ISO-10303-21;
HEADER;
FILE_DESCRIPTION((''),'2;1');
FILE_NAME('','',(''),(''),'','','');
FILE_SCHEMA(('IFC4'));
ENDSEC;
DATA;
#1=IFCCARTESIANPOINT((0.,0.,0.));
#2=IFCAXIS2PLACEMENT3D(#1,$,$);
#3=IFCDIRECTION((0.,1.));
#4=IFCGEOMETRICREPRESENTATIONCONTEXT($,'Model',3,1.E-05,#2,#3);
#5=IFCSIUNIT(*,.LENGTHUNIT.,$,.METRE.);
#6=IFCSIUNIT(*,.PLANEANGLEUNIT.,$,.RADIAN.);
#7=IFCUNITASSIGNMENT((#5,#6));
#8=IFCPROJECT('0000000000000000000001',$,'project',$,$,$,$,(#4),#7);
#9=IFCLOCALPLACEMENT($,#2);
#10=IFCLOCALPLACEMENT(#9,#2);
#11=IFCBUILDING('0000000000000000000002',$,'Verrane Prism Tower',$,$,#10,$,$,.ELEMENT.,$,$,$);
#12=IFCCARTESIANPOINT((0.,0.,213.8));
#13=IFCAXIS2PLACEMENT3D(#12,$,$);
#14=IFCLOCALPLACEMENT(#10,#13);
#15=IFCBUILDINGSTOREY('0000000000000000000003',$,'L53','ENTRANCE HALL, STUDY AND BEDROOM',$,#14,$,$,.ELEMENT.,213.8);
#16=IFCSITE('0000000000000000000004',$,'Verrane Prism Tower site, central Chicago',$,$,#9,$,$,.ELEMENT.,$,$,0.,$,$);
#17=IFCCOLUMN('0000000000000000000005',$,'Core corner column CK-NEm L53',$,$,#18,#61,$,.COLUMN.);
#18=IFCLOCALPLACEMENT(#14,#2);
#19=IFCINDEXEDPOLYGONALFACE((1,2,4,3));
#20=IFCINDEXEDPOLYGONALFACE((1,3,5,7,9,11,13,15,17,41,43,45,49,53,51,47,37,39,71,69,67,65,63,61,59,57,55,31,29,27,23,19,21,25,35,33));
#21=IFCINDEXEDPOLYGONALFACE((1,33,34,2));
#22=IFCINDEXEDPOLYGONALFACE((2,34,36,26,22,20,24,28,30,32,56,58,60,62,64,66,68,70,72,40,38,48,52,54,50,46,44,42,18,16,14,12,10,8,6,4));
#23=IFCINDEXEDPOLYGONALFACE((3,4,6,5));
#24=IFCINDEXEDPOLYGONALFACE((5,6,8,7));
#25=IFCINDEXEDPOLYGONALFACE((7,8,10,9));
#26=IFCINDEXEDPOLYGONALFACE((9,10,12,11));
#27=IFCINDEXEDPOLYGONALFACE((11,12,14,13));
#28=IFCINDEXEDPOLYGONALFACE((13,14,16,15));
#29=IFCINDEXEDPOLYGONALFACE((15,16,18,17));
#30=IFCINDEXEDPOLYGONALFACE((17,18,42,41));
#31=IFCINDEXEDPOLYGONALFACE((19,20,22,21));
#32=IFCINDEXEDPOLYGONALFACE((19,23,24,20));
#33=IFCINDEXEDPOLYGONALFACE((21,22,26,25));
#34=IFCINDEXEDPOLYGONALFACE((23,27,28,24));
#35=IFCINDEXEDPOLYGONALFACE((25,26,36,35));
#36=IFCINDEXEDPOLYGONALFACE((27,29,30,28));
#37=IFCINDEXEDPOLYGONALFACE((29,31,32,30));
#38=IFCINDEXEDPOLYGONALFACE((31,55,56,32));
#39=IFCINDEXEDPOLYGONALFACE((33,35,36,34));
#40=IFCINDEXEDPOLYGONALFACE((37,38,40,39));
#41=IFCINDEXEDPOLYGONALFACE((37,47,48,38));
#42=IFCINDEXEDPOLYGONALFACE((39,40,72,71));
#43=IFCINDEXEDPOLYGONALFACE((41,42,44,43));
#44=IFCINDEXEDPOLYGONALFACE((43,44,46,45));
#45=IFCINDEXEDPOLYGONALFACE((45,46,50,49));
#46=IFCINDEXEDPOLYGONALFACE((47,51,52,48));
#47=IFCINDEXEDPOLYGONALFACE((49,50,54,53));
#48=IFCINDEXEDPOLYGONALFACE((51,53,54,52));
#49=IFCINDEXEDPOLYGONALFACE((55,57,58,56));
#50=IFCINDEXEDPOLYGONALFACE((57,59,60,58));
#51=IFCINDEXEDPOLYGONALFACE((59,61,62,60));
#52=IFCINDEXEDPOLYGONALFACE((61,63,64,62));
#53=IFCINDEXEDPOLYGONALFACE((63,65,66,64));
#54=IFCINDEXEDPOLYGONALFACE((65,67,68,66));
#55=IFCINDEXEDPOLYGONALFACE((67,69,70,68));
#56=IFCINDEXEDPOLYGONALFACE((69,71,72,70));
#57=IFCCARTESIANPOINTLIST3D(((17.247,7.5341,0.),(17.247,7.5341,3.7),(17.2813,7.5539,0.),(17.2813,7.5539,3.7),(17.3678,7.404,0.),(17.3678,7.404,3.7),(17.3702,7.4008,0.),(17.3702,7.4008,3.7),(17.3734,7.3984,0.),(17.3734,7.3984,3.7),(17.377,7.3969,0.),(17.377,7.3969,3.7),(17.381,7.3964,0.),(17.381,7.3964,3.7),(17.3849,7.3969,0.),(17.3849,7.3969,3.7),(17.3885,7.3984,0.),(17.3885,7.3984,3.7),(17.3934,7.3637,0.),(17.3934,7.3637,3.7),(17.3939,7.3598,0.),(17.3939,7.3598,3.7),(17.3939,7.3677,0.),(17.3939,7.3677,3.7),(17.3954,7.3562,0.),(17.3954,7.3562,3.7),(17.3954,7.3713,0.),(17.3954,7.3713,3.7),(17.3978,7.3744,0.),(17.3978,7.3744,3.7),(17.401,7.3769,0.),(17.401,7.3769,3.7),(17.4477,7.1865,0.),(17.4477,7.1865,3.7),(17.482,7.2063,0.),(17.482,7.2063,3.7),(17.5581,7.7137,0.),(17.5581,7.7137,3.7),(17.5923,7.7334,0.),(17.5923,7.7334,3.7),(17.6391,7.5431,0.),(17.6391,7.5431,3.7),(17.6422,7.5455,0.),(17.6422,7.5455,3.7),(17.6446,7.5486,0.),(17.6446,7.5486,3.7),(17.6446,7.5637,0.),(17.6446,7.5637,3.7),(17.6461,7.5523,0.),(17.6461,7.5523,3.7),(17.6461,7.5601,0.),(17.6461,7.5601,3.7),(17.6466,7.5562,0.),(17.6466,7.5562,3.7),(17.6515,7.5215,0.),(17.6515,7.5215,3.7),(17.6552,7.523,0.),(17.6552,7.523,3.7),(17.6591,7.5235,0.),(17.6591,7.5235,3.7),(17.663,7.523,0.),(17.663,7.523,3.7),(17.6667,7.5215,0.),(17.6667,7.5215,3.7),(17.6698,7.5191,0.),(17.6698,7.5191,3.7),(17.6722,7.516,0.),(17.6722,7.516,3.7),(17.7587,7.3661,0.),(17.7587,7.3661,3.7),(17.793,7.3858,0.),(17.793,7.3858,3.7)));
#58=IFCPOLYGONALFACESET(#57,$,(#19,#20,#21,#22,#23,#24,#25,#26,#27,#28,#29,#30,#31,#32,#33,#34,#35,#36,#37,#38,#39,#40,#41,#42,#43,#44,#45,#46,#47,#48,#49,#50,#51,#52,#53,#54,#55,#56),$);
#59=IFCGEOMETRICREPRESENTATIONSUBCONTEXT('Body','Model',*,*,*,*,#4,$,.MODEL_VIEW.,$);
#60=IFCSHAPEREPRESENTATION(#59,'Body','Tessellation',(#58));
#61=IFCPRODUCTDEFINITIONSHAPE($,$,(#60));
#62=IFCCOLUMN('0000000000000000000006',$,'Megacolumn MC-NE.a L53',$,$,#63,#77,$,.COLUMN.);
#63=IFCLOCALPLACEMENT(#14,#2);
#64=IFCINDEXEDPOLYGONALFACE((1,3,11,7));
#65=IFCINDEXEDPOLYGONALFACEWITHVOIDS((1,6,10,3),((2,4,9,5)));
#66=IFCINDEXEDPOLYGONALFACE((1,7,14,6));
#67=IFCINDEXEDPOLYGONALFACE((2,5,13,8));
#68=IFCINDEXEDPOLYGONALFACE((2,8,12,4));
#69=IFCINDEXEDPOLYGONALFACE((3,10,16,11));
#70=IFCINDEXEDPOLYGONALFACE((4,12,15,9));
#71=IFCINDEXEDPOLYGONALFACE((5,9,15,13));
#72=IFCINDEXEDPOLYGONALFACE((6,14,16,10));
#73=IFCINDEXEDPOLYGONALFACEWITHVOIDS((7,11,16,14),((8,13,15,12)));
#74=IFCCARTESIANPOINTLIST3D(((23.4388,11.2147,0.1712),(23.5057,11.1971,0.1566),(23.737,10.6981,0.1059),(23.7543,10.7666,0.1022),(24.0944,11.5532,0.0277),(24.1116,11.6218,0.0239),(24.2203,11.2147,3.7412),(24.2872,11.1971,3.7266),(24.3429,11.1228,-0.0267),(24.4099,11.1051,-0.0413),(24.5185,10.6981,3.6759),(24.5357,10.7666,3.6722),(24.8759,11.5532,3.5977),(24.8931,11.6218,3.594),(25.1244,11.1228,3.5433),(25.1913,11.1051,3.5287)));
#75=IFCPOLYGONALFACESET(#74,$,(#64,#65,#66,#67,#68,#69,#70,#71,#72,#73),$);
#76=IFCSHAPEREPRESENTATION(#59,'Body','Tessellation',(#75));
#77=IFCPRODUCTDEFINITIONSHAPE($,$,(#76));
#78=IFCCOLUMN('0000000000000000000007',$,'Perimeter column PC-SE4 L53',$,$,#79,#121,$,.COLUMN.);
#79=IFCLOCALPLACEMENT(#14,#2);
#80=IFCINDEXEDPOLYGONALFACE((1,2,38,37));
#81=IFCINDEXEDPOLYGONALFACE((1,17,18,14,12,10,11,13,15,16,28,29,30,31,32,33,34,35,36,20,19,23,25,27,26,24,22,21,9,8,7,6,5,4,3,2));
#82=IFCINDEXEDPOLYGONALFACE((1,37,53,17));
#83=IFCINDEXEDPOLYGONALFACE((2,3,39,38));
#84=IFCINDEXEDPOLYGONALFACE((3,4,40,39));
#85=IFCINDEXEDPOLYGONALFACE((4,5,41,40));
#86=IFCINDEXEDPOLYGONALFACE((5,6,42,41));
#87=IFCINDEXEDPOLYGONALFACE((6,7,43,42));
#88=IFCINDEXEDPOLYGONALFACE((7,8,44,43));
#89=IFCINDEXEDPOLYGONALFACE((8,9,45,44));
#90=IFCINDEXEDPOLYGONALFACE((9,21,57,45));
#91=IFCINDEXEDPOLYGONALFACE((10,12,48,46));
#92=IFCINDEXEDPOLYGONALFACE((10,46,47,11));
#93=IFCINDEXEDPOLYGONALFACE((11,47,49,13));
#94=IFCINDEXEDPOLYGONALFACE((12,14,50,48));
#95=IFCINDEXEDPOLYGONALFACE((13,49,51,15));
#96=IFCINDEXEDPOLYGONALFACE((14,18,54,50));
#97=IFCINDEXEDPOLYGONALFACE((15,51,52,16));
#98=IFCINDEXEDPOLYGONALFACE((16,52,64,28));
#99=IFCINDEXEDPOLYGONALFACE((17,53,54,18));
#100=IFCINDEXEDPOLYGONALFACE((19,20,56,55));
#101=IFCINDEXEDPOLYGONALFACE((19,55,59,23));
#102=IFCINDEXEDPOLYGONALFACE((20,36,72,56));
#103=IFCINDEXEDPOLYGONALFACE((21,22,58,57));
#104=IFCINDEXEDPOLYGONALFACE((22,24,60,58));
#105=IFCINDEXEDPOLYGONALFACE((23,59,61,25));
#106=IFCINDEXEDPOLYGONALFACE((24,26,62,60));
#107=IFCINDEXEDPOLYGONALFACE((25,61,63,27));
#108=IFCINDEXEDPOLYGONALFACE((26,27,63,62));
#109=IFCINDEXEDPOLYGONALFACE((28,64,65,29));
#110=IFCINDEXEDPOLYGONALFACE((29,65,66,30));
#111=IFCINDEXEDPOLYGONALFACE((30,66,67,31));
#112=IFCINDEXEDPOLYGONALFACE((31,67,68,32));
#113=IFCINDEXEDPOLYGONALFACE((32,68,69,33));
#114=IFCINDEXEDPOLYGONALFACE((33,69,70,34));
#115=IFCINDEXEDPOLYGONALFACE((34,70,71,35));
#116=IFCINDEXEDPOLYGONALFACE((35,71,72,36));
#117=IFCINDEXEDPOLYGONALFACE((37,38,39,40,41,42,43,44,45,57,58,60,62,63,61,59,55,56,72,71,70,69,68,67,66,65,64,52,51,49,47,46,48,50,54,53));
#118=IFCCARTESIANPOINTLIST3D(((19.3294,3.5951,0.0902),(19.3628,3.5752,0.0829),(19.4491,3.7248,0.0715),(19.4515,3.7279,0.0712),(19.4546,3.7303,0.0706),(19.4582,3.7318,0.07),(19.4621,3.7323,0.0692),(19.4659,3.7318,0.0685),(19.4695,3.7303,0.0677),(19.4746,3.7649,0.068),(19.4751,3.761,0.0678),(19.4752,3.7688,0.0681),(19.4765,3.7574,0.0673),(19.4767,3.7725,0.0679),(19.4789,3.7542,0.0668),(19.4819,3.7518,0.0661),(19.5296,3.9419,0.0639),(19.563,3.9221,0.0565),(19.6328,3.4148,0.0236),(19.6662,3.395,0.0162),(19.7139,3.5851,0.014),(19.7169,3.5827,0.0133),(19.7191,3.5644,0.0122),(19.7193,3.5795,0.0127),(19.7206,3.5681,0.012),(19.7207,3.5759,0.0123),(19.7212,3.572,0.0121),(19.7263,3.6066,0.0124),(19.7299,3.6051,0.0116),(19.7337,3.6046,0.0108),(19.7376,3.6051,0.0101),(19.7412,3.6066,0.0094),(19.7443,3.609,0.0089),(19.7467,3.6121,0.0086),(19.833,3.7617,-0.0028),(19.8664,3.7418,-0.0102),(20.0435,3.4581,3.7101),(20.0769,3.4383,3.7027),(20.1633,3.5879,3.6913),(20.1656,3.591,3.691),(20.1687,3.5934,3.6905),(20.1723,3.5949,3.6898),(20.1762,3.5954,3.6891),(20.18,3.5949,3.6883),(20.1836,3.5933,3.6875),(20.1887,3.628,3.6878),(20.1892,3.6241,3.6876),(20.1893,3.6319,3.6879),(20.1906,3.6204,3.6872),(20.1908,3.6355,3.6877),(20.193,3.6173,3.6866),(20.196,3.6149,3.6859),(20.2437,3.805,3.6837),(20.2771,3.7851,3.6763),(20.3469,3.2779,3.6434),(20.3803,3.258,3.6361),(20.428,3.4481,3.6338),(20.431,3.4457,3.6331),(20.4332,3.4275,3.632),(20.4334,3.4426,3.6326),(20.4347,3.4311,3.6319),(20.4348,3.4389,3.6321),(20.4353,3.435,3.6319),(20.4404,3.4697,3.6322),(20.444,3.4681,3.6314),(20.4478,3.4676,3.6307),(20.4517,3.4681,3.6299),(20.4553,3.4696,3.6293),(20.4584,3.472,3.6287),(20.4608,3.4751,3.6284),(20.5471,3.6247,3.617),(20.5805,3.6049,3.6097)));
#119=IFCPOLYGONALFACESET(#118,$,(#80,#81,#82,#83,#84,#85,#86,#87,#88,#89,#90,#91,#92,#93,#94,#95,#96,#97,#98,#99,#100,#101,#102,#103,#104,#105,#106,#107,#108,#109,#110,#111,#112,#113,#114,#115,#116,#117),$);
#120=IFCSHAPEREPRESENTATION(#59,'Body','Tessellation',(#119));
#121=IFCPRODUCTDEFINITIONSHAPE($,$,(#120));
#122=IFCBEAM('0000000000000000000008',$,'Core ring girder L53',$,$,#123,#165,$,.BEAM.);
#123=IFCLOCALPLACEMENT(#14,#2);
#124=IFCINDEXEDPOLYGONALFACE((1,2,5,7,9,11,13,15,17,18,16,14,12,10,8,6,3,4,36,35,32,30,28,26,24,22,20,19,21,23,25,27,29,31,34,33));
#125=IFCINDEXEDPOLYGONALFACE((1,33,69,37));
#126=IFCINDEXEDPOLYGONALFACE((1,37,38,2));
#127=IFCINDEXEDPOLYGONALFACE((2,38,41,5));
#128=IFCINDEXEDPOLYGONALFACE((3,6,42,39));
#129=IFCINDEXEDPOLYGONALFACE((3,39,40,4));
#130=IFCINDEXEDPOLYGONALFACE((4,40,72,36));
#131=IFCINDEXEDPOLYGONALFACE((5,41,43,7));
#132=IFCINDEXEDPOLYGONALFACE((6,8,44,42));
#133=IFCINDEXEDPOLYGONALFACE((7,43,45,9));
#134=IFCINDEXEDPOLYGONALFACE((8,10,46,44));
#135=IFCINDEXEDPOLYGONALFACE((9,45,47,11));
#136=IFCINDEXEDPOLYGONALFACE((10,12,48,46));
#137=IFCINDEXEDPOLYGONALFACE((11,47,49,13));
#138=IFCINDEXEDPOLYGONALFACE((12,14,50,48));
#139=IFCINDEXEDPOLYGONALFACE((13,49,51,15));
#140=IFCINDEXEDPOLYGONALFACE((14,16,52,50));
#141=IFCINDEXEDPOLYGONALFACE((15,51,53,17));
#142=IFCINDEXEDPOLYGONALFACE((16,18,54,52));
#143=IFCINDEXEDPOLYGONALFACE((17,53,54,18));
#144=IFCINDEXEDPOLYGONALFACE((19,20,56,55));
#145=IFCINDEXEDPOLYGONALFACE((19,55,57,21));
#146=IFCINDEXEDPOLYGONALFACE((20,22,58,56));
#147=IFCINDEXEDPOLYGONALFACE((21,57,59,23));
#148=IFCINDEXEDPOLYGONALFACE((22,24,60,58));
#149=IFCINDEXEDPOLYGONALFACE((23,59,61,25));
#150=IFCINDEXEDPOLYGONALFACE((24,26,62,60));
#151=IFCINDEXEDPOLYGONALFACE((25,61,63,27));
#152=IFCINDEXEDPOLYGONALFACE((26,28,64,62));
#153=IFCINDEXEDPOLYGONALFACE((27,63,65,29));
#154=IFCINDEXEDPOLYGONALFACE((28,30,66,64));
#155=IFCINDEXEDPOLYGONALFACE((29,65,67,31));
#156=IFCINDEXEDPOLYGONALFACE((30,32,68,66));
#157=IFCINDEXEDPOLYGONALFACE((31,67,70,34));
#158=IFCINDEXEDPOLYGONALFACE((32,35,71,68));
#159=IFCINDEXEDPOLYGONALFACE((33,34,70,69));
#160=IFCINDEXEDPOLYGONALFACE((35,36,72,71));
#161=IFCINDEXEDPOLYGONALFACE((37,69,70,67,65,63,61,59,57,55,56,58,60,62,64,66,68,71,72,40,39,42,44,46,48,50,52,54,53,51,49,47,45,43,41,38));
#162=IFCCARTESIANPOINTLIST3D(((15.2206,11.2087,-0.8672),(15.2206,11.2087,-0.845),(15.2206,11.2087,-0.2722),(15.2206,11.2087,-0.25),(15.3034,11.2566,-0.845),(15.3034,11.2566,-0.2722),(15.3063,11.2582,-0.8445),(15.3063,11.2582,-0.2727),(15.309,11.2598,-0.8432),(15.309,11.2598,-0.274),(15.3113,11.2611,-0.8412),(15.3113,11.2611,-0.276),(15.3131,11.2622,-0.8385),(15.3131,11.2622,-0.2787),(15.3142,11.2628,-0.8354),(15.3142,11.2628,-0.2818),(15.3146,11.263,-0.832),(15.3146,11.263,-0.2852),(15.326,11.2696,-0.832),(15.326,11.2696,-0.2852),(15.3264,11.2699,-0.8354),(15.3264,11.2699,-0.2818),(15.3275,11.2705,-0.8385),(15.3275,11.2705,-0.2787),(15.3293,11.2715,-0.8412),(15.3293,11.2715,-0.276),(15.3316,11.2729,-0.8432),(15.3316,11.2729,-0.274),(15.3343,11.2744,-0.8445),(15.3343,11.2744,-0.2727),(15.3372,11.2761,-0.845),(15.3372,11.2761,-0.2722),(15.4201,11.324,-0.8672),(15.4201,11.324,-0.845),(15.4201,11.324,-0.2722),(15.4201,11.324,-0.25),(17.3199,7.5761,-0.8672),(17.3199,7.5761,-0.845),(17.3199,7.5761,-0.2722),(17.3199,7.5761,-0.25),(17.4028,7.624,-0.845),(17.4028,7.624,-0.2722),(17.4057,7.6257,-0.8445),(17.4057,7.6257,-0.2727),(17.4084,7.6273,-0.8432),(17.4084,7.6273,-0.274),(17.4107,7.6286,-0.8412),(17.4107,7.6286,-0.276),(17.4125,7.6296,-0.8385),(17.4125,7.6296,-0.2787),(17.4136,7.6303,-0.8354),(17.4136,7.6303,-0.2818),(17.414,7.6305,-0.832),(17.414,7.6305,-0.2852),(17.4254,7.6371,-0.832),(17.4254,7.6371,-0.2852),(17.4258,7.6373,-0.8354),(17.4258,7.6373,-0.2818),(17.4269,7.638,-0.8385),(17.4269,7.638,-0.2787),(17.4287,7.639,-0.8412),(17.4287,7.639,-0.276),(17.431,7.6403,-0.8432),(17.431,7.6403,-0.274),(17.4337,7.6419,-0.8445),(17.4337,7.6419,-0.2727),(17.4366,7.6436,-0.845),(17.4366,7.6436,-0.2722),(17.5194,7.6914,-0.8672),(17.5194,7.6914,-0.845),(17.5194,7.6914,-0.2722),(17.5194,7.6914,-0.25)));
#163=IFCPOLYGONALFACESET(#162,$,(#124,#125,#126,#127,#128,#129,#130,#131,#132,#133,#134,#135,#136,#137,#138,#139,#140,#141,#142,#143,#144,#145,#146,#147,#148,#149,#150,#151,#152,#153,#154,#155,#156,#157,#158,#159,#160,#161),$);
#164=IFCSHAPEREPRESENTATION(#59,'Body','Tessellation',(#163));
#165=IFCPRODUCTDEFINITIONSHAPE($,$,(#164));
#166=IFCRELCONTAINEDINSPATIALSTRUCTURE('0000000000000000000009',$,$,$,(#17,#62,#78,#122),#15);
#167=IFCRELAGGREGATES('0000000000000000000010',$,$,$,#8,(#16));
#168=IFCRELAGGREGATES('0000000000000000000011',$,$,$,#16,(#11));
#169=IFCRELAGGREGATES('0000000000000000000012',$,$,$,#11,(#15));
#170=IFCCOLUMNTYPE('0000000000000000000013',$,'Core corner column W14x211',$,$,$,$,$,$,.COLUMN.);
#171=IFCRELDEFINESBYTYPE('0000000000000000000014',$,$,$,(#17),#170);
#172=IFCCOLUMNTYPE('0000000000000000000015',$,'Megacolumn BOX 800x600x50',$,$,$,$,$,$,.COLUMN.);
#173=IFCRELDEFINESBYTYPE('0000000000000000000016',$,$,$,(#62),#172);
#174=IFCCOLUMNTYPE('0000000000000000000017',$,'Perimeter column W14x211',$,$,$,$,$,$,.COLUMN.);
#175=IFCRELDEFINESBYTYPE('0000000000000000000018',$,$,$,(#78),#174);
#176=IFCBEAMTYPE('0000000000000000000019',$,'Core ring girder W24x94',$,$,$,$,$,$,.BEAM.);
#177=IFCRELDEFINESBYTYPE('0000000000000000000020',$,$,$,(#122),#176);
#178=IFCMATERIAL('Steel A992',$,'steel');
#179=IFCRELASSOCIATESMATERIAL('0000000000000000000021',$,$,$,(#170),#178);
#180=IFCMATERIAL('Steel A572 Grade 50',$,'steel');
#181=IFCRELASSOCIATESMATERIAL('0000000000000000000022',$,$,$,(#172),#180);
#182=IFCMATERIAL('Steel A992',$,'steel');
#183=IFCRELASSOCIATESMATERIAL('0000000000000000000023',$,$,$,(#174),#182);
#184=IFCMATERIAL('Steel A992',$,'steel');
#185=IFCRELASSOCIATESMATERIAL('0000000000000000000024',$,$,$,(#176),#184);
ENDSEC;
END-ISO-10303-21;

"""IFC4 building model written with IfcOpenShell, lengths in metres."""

from ifc_helpers import new_model, si_unit, direction, frame, origin, origin_2d, place, context, subcontext, project, spatial, hollow_rectangle, i_section, extrude, material, material_profile, profile_set, type_object, element, save


model = new_model("IFC4")

# Units and contexts
model_context = context("Model", 3, precision=1e-05, world=origin(), true_north=direction((0.0, 1.0)))
body_context = subcontext(model_context, "Body", "Model", "MODEL_VIEW")
ifc_project = project(units=[si_unit("LENGTHUNIT", "METRE"), si_unit("PLANEANGLEUNIT", "RADIAN")], contexts=[model_context])

# Site, building, storey
site_placement = place(None, origin())
site = spatial("IfcSite", under=ifc_project, at=site_placement, Name="Verrane Prism Tower site, central Chicago", CompositionType="ELEMENT", RefElevation=0.0)
building_placement = place(site_placement, origin())
building = spatial("IfcBuilding", under=site, at=building_placement, Name="Verrane Prism Tower", CompositionType="ELEMENT")
storey_placement = place(building_placement, frame((0.0, 0.0, 213.8)))
storey = spatial("IfcBuildingStorey", under=building, at=storey_placement, Name="L53", Description="ENTRANCE HALL, STUDY AND BEDROOM", CompositionType="ELEMENT", Elevation=213.8)

# Columns
ifc_material_1 = material(Name="Steel A992", Category="steel")
ifc_material_profile_1 = material_profile(ifc_material_1, i_section(OverallWidth=0.4014, OverallDepth=0.3987, WebThickness=0.0249, FlangeThickness=0.0396, FilletRadius=0.0151, at=origin_2d()), Name="W14x211")
ifc_profile_set_1 = profile_set([ifc_material_profile_1], Name="Steel A992")
column_type_1 = type_object("IfcColumnType", Name="Core corner column W14x211", PredefinedType="COLUMN", material=ifc_profile_set_1)
column_1_placement = place(storey_placement, frame((17.52, 7.46, 0.0), z_axis=(0.0, 0.0, 1.0), x_axis=(0.5, -0.866025, 0.0)))
element("IfcColumn", 1, at=column_1_placement, inside=storey, type_object=column_type_1, Name="Core corner column CK-NEm L53", PredefinedType="COLUMN", context=body_context, shape_type="SweptSolid", body=[
    extrude(i_section(OverallWidth=0.4014, OverallDepth=0.3987, WebThickness=0.0249, FlangeThickness=0.0396, FilletRadius=0.0151, at=origin_2d()), origin(), (0.0, 0.0, 1.0), 3.7),
])
ifc_material_2 = material(Name="Steel A572 Grade 50", Category="steel")
ifc_material_profile_2 = material_profile(ifc_material_2, hollow_rectangle(XDim=0.6001, YDim=0.8, WallThickness=0.05, at=origin_2d()), Name="BOX 800x600x50")
ifc_profile_set_2 = profile_set([ifc_material_profile_2], Name="Steel A572 Grade 50")
column_type_2 = type_object("IfcColumnType", Name="Megacolumn BOX 800x600x50", PredefinedType="COLUMN", material=ifc_profile_set_2)
column_2_placement = place(storey_placement, frame((23.9243, 11.1599, 0.0649), z_axis=(0.213838, 0.0, 0.976869), x_axis=(0.497033, -0.860883, -0.108801)))
element("IfcColumn", 2, at=column_2_placement, inside=storey, type_object=column_type_2, Name="Megacolumn MC-NE.a L53", PredefinedType="COLUMN", context=body_context, shape_type="SweptSolid", body=[
    extrude(hollow_rectangle(XDim=0.6001, YDim=0.8, WallThickness=0.05, at=origin_2d()), origin(), (0.0, 0.0, 1.0), 3.6545),
])
ifc_material_3 = material(Name="Steel A992", Category="steel")
ifc_material_profile_3 = material_profile(ifc_material_3, i_section(OverallWidth=0.4014, OverallDepth=0.3987, WebThickness=0.0249, FlangeThickness=0.0396, FilletRadius=0.0151, at=origin_2d()), Name="W14x211")
ifc_profile_set_3 = profile_set([ifc_material_profile_3], Name="Steel A992")
column_type_3 = type_object("IfcColumnType", Name="Perimeter column W14x211", PredefinedType="COLUMN", material=ifc_profile_set_3)
column_3_placement = place(storey_placement, frame((19.5979, 3.6685, 0.04), z_axis=(0.193412, -0.037095, 0.980416), x_axis=(-0.498932, -0.864145, 0.065731)))
element("IfcColumn", 3, at=column_3_placement, inside=storey, type_object=column_type_3, Name="Perimeter column PC-SE4 L53", PredefinedType="COLUMN", context=body_context, shape_type="SweptSolid", body=[
    extrude(i_section(OverallWidth=0.4014, OverallDepth=0.3987, WebThickness=0.0249, FlangeThickness=0.0396, FilletRadius=0.0151, at=origin_2d()), origin(), (0.0, 0.0, 1.0), 3.6921),
])

# Beam
ifc_material_4 = material(Name="Steel A992", Category="steel")
ifc_material_profile_4 = material_profile(ifc_material_4, i_section(OverallWidth=0.2305, OverallDepth=0.6172, WebThickness=0.0132, FlangeThickness=0.0222, FilletRadius=0.0129, at=origin_2d()), Name="W24x94")
ifc_profile_set_4 = profile_set([ifc_material_profile_4], Name="Steel A992")
beam_type_1 = type_object("IfcBeamType", Name="Core ring girder W24x94", PredefinedType="BEAM", material=ifc_profile_set_4)
beam_1_placement = place(storey_placement, frame((17.4197, 7.6338, -0.5586), z_axis=(-0.500376, 0.865808, 0.0), x_axis=(-0.865808, -0.500376, 0.0)))
element("IfcBeam", 4, at=beam_1_placement, inside=storey, type_object=beam_type_1, Name="Core ring girder L53", PredefinedType="BEAM", context=body_context, shape_type="SweptSolid", body=[
    extrude(i_section(OverallWidth=0.2305, OverallDepth=0.6172, WebThickness=0.0132, FlangeThickness=0.0222, FilletRadius=0.0129, at=origin_2d()), origin(), (0.0, 0.0, 1.0), 4.1956),
])

save(model, "model.ifc")
